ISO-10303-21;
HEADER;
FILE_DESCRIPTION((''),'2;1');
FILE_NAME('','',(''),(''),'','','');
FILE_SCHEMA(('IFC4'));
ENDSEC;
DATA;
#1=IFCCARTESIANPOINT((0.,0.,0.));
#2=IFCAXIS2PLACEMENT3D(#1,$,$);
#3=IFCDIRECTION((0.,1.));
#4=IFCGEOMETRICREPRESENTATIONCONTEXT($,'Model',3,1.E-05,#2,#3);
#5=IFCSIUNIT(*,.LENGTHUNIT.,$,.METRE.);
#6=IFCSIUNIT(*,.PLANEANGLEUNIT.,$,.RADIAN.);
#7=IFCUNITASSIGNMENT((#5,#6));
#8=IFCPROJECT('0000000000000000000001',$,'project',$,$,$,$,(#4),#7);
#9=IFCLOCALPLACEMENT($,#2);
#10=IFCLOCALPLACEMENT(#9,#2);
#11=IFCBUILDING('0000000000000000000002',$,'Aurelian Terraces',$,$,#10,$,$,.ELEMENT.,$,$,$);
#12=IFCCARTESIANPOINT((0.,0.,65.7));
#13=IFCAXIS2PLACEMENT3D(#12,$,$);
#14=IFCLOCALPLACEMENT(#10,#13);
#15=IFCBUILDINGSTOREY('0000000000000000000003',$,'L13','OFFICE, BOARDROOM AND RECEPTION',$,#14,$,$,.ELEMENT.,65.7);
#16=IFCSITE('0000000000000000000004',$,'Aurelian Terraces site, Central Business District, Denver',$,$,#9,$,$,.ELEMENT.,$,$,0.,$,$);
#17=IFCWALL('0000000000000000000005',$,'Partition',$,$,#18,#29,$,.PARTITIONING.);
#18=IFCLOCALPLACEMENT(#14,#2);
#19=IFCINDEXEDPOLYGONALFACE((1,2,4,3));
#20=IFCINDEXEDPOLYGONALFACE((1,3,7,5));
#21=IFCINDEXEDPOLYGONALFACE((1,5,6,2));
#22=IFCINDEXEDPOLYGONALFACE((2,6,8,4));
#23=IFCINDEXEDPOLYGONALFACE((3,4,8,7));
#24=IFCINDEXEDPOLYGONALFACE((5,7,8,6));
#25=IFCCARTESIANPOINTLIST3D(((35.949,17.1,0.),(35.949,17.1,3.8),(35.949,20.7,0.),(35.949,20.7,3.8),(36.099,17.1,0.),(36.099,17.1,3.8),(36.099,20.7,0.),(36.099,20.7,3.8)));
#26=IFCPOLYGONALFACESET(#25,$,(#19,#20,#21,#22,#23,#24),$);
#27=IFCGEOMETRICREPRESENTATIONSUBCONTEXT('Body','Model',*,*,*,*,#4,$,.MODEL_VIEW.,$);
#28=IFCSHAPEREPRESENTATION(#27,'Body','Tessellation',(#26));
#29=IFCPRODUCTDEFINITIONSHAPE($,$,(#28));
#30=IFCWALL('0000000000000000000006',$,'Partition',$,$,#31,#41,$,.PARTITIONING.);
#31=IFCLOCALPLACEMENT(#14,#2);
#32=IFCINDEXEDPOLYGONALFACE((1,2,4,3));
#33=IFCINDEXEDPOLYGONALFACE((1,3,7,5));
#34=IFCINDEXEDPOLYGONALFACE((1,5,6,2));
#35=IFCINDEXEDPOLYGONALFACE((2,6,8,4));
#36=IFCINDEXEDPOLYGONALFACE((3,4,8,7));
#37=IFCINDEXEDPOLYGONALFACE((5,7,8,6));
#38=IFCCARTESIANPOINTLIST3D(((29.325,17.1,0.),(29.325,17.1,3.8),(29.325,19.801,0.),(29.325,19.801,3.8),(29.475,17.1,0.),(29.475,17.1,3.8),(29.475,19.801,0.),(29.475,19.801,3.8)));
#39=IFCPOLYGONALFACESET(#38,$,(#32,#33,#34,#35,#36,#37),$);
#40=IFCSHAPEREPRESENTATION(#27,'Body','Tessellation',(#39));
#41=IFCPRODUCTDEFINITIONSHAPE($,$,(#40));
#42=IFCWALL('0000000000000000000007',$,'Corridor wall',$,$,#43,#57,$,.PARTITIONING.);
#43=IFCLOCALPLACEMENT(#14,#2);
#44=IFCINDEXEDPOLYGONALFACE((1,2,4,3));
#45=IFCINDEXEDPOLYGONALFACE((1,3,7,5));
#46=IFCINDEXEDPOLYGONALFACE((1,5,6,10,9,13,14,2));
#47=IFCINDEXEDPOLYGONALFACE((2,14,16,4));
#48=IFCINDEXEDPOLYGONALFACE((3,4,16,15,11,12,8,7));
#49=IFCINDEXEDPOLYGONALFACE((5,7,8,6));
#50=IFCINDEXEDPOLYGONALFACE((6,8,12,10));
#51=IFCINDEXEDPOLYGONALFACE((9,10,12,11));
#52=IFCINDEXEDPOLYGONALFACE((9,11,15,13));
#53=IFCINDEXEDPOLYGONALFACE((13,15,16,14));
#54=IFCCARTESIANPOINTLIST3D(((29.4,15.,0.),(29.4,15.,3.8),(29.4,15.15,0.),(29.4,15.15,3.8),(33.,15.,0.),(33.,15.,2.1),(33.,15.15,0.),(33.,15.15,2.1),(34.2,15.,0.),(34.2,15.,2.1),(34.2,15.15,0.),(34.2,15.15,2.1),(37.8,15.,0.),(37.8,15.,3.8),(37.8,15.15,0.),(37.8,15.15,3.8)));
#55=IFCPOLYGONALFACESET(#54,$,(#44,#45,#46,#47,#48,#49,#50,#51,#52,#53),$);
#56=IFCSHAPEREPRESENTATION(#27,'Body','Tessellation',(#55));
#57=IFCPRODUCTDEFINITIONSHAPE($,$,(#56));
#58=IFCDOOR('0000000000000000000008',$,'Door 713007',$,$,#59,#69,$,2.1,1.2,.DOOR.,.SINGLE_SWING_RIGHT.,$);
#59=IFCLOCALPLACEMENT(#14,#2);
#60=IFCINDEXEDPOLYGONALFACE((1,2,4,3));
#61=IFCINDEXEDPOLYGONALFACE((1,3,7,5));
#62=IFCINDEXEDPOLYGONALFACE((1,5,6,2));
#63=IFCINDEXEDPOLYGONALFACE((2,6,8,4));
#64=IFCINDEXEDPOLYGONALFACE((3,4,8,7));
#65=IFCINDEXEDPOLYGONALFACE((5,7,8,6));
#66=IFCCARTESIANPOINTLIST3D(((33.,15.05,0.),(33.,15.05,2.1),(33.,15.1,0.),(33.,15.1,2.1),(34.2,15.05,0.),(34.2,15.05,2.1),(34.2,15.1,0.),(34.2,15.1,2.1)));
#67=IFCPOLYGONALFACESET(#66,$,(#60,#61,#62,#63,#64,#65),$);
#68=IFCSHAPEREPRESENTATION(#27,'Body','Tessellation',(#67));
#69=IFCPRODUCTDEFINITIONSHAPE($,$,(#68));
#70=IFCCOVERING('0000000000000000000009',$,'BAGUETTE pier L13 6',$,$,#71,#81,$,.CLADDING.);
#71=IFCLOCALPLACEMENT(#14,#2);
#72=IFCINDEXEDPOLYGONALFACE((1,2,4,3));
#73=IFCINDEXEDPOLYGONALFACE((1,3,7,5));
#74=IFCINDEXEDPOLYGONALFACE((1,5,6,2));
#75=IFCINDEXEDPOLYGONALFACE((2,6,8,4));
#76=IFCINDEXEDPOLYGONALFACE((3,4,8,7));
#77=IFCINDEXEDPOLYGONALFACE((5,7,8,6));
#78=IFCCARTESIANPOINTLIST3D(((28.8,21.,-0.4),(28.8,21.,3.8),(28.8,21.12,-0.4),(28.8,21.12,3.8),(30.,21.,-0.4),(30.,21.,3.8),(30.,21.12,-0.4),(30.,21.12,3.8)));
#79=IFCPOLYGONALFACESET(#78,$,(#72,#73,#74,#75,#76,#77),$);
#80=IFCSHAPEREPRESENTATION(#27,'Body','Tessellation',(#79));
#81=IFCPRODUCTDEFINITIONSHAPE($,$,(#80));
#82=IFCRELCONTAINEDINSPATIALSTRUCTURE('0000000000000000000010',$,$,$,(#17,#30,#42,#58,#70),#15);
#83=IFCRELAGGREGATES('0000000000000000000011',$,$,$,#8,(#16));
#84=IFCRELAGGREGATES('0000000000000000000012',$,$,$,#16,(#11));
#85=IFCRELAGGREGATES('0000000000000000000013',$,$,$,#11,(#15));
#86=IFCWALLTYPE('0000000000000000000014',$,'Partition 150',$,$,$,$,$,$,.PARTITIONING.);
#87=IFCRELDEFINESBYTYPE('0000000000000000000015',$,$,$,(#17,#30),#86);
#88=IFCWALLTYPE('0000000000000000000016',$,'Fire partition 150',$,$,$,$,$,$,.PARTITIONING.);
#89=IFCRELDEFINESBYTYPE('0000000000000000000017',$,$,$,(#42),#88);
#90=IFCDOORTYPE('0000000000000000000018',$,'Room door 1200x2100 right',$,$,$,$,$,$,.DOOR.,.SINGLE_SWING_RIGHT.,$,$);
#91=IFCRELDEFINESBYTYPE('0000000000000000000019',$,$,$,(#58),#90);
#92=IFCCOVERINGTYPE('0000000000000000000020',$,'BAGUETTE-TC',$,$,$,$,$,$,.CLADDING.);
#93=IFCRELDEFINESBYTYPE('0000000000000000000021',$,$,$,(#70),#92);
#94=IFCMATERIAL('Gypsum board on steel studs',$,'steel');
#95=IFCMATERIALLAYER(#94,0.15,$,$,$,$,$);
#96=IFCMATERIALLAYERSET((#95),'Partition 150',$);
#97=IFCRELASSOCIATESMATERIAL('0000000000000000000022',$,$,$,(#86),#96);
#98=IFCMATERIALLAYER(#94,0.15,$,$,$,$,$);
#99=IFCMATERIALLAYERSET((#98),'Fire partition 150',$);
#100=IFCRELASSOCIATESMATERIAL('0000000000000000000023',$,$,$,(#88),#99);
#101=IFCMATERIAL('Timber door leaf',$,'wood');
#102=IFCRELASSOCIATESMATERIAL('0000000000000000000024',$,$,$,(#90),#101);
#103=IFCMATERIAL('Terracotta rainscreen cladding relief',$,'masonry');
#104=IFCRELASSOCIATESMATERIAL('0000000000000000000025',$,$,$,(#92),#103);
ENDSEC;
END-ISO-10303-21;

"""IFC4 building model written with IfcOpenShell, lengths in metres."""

from ifc_helpers import new_model, si_unit, direction, frame, frame_2d, origin, origin_2d, place, context, subcontext, project, spatial, rectangle, extrude, source, transform, mapped, material, layer, layer_set, type_object, element, fill, save


model = new_model("IFC4")

# Units and contexts
model_context = context("Model", 3, precision=1e-05, world=origin(), true_north=direction((0.0, 1.0)))
body_context = subcontext(model_context, "Body", "Model", "MODEL_VIEW")
ifc_project = project(units=[si_unit("LENGTHUNIT", "METRE"), si_unit("PLANEANGLEUNIT", "RADIAN")], contexts=[model_context])

# Site, building, storey
site_placement = place(None, origin())
site = spatial("IfcSite", under=ifc_project, at=site_placement, Name="Aurelian Terraces site, Central Business District, Denver", CompositionType="ELEMENT", RefElevation=0.0)
building_placement = place(site_placement, origin())
building = spatial("IfcBuilding", under=site, at=building_placement, Name="Aurelian Terraces", CompositionType="ELEMENT")
storey_placement = place(building_placement, frame((0.0, 0.0, 65.7)))
storey = spatial("IfcBuildingStorey", under=building, at=storey_placement, Name="L13", Description="OFFICE, BOARDROOM AND RECEPTION", CompositionType="ELEMENT", Elevation=65.7)

# Shared definitions
ifc_material_1 = material(Name="Timber door leaf", Category="wood")

# Walls
ifc_material_2 = material(Name="Gypsum board on steel studs", Category="steel")
ifc_layer_1 = layer(ifc_material_2, 0.15)
ifc_layer_set_1 = layer_set([ifc_layer_1], Name="Partition 150")
wall_type_1 = type_object("IfcWallType", Name="Partition 150", PredefinedType="PARTITIONING", material=ifc_layer_set_1)
shared_shape_1 = source(origin(), body_context, "Body", "SweptSolid", [
    extrude(rectangle(XDim=3.6, YDim=0.15, at=frame_2d((1.8, 0.0))), origin(), (0.0, 0.0, 1.0), 3.8),
])
for number, where, z_axis, x_axis, name in (
    (1, (36.024, 20.7, 0.0), (0.0, 0.0, 1.0), (0.0, -1.0, 0.0), "Partition"),
):
    element("IfcWall", number, at=place(storey_placement, frame(where, z_axis=z_axis, x_axis=x_axis)), inside=storey, type_object=wall_type_1, Name=name, PredefinedType="PARTITIONING", context=body_context, shape_type="MappedRepresentation", body=[
        mapped(shared_shape_1, transform((0.0, 0.0, 0.0), scale=1.0)),
    ])
shared_shape_2 = source(origin(), body_context, "Body", "SweptSolid", [
    extrude(rectangle(XDim=2.701, YDim=0.15, at=frame_2d((1.3505, 0.0))), origin(), (0.0, 0.0, 1.0), 3.8),
])
wall_1_placement = place(storey_placement, frame((29.4, 17.1, 0.0), z_axis=(0.0, 0.0, 1.0), x_axis=(0.0, 1.0, 0.0)))
element("IfcWall", 2, at=wall_1_placement, inside=storey, type_object=wall_type_1, Name="Partition", PredefinedType="PARTITIONING", context=body_context, shape_type="MappedRepresentation", body=[
    mapped(shared_shape_2, transform((0.0, 0.0, 0.0), scale=1.0)),
])

# Wall, opening, door
ifc_layer_2 = layer(ifc_material_2, 0.15)
ifc_layer_set_2 = layer_set([ifc_layer_2], Name="Fire partition 150")
wall_type_2 = type_object("IfcWallType", Name="Fire partition 150", PredefinedType="PARTITIONING", material=ifc_layer_set_2)
shared_shape_3 = source(origin(), body_context, "Body", "SweptSolid", [
    extrude(rectangle(XDim=8.4, YDim=0.15, at=frame_2d((4.2, 0.0))), origin(), (0.0, 0.0, 1.0), 3.8),
])
wall_2_placement = place(storey_placement, frame((37.8, 15.075, 0.0), z_axis=(0.0, 0.0, 1.0), x_axis=(-1.0, 0.0, 0.0)))
wall_2 = element("IfcWall", 3, at=wall_2_placement, inside=storey, type_object=wall_type_2, Name="Corridor wall", PredefinedType="PARTITIONING", context=body_context, shape_type="MappedRepresentation", body=[
    mapped(shared_shape_3, transform((0.0, 0.0, 0.0), scale=1.0)),
])
shared_shape_4 = source(origin(), body_context, "Body", "SweptSolid", [
    extrude(rectangle(XDim=1.2, YDim=2.1, at=frame_2d((0.6, 1.05))), frame((0.0, 0.085, 0.0), z_axis=(0.0, -1.0, 0.0), x_axis=(1.0, 0.0, 0.0)), (0.0, 0.0, 1.0), 0.17),
])
opening_1_placement = place(wall_2_placement, frame((3.6, 0.0, 0.0)))
opening_1 = element("IfcOpeningElement", 4, at=opening_1_placement, cuts=wall_2, PredefinedType="OPENING", context=body_context, shape_type="MappedRepresentation", body=[
    mapped(shared_shape_4, transform((0.0, 0.0, 0.0), scale=1.0)),
])
door_type_1 = type_object("IfcDoorType", Name="Room door 1200x2100 right", OperationType="SINGLE_SWING_RIGHT", PredefinedType="DOOR", material=ifc_material_1)
shared_shape_5 = source(origin(), body_context, "Body", "SweptSolid", [
    extrude(rectangle(XDim=1.2, YDim=2.1, at=frame_2d((0.6, 1.05))), frame((0.0, 0.025, 0.0), z_axis=(0.0, -1.0, 0.0), x_axis=(1.0, 0.0, 0.0)), (0.0, 0.0, 1.0), 0.05),
])
door_1_placement = place(opening_1_placement, origin())
door_1 = element("IfcDoor", 5, at=door_1_placement, inside=storey, type_object=door_type_1, Name="Door 713007", OperationType="SINGLE_SWING_RIGHT", OverallHeight=2.1, OverallWidth=1.2, PredefinedType="DOOR", context=body_context, shape_type="MappedRepresentation", body=[
    mapped(shared_shape_5, transform((0.0, 0.0, 0.0), scale=1.0)),
])
fill(opening_1, door_1)

# Covering
ifc_material_3 = material(Name="Terracotta rainscreen cladding relief", Category="masonry")
covering_type = type_object("IfcCoveringType", Name="BAGUETTE-TC", PredefinedType="CLADDING", material=ifc_material_3)
shared_shape_6 = source(origin(), body_context, "Body", "SweptSolid", [
    extrude(rectangle(XDim=1.2, YDim=0.12, at=origin_2d()), origin(), (0.0, 0.0, 1.0), 4.2),
])
covering_placement = place(storey_placement, frame((29.4, 21.06, -0.4), z_axis=(0.0, 0.0, 1.0), x_axis=(1.0, 0.0, 0.0)))
element("IfcCovering", 6, at=covering_placement, inside=storey, type_object=covering_type, Name="BAGUETTE pier L13 6", PredefinedType="CLADDING", context=body_context, shape_type="MappedRepresentation", body=[
    mapped(shared_shape_6, transform((0.0, 0.0, 0.0), scale=1.0)),
])

save(model, "model.ifc")
